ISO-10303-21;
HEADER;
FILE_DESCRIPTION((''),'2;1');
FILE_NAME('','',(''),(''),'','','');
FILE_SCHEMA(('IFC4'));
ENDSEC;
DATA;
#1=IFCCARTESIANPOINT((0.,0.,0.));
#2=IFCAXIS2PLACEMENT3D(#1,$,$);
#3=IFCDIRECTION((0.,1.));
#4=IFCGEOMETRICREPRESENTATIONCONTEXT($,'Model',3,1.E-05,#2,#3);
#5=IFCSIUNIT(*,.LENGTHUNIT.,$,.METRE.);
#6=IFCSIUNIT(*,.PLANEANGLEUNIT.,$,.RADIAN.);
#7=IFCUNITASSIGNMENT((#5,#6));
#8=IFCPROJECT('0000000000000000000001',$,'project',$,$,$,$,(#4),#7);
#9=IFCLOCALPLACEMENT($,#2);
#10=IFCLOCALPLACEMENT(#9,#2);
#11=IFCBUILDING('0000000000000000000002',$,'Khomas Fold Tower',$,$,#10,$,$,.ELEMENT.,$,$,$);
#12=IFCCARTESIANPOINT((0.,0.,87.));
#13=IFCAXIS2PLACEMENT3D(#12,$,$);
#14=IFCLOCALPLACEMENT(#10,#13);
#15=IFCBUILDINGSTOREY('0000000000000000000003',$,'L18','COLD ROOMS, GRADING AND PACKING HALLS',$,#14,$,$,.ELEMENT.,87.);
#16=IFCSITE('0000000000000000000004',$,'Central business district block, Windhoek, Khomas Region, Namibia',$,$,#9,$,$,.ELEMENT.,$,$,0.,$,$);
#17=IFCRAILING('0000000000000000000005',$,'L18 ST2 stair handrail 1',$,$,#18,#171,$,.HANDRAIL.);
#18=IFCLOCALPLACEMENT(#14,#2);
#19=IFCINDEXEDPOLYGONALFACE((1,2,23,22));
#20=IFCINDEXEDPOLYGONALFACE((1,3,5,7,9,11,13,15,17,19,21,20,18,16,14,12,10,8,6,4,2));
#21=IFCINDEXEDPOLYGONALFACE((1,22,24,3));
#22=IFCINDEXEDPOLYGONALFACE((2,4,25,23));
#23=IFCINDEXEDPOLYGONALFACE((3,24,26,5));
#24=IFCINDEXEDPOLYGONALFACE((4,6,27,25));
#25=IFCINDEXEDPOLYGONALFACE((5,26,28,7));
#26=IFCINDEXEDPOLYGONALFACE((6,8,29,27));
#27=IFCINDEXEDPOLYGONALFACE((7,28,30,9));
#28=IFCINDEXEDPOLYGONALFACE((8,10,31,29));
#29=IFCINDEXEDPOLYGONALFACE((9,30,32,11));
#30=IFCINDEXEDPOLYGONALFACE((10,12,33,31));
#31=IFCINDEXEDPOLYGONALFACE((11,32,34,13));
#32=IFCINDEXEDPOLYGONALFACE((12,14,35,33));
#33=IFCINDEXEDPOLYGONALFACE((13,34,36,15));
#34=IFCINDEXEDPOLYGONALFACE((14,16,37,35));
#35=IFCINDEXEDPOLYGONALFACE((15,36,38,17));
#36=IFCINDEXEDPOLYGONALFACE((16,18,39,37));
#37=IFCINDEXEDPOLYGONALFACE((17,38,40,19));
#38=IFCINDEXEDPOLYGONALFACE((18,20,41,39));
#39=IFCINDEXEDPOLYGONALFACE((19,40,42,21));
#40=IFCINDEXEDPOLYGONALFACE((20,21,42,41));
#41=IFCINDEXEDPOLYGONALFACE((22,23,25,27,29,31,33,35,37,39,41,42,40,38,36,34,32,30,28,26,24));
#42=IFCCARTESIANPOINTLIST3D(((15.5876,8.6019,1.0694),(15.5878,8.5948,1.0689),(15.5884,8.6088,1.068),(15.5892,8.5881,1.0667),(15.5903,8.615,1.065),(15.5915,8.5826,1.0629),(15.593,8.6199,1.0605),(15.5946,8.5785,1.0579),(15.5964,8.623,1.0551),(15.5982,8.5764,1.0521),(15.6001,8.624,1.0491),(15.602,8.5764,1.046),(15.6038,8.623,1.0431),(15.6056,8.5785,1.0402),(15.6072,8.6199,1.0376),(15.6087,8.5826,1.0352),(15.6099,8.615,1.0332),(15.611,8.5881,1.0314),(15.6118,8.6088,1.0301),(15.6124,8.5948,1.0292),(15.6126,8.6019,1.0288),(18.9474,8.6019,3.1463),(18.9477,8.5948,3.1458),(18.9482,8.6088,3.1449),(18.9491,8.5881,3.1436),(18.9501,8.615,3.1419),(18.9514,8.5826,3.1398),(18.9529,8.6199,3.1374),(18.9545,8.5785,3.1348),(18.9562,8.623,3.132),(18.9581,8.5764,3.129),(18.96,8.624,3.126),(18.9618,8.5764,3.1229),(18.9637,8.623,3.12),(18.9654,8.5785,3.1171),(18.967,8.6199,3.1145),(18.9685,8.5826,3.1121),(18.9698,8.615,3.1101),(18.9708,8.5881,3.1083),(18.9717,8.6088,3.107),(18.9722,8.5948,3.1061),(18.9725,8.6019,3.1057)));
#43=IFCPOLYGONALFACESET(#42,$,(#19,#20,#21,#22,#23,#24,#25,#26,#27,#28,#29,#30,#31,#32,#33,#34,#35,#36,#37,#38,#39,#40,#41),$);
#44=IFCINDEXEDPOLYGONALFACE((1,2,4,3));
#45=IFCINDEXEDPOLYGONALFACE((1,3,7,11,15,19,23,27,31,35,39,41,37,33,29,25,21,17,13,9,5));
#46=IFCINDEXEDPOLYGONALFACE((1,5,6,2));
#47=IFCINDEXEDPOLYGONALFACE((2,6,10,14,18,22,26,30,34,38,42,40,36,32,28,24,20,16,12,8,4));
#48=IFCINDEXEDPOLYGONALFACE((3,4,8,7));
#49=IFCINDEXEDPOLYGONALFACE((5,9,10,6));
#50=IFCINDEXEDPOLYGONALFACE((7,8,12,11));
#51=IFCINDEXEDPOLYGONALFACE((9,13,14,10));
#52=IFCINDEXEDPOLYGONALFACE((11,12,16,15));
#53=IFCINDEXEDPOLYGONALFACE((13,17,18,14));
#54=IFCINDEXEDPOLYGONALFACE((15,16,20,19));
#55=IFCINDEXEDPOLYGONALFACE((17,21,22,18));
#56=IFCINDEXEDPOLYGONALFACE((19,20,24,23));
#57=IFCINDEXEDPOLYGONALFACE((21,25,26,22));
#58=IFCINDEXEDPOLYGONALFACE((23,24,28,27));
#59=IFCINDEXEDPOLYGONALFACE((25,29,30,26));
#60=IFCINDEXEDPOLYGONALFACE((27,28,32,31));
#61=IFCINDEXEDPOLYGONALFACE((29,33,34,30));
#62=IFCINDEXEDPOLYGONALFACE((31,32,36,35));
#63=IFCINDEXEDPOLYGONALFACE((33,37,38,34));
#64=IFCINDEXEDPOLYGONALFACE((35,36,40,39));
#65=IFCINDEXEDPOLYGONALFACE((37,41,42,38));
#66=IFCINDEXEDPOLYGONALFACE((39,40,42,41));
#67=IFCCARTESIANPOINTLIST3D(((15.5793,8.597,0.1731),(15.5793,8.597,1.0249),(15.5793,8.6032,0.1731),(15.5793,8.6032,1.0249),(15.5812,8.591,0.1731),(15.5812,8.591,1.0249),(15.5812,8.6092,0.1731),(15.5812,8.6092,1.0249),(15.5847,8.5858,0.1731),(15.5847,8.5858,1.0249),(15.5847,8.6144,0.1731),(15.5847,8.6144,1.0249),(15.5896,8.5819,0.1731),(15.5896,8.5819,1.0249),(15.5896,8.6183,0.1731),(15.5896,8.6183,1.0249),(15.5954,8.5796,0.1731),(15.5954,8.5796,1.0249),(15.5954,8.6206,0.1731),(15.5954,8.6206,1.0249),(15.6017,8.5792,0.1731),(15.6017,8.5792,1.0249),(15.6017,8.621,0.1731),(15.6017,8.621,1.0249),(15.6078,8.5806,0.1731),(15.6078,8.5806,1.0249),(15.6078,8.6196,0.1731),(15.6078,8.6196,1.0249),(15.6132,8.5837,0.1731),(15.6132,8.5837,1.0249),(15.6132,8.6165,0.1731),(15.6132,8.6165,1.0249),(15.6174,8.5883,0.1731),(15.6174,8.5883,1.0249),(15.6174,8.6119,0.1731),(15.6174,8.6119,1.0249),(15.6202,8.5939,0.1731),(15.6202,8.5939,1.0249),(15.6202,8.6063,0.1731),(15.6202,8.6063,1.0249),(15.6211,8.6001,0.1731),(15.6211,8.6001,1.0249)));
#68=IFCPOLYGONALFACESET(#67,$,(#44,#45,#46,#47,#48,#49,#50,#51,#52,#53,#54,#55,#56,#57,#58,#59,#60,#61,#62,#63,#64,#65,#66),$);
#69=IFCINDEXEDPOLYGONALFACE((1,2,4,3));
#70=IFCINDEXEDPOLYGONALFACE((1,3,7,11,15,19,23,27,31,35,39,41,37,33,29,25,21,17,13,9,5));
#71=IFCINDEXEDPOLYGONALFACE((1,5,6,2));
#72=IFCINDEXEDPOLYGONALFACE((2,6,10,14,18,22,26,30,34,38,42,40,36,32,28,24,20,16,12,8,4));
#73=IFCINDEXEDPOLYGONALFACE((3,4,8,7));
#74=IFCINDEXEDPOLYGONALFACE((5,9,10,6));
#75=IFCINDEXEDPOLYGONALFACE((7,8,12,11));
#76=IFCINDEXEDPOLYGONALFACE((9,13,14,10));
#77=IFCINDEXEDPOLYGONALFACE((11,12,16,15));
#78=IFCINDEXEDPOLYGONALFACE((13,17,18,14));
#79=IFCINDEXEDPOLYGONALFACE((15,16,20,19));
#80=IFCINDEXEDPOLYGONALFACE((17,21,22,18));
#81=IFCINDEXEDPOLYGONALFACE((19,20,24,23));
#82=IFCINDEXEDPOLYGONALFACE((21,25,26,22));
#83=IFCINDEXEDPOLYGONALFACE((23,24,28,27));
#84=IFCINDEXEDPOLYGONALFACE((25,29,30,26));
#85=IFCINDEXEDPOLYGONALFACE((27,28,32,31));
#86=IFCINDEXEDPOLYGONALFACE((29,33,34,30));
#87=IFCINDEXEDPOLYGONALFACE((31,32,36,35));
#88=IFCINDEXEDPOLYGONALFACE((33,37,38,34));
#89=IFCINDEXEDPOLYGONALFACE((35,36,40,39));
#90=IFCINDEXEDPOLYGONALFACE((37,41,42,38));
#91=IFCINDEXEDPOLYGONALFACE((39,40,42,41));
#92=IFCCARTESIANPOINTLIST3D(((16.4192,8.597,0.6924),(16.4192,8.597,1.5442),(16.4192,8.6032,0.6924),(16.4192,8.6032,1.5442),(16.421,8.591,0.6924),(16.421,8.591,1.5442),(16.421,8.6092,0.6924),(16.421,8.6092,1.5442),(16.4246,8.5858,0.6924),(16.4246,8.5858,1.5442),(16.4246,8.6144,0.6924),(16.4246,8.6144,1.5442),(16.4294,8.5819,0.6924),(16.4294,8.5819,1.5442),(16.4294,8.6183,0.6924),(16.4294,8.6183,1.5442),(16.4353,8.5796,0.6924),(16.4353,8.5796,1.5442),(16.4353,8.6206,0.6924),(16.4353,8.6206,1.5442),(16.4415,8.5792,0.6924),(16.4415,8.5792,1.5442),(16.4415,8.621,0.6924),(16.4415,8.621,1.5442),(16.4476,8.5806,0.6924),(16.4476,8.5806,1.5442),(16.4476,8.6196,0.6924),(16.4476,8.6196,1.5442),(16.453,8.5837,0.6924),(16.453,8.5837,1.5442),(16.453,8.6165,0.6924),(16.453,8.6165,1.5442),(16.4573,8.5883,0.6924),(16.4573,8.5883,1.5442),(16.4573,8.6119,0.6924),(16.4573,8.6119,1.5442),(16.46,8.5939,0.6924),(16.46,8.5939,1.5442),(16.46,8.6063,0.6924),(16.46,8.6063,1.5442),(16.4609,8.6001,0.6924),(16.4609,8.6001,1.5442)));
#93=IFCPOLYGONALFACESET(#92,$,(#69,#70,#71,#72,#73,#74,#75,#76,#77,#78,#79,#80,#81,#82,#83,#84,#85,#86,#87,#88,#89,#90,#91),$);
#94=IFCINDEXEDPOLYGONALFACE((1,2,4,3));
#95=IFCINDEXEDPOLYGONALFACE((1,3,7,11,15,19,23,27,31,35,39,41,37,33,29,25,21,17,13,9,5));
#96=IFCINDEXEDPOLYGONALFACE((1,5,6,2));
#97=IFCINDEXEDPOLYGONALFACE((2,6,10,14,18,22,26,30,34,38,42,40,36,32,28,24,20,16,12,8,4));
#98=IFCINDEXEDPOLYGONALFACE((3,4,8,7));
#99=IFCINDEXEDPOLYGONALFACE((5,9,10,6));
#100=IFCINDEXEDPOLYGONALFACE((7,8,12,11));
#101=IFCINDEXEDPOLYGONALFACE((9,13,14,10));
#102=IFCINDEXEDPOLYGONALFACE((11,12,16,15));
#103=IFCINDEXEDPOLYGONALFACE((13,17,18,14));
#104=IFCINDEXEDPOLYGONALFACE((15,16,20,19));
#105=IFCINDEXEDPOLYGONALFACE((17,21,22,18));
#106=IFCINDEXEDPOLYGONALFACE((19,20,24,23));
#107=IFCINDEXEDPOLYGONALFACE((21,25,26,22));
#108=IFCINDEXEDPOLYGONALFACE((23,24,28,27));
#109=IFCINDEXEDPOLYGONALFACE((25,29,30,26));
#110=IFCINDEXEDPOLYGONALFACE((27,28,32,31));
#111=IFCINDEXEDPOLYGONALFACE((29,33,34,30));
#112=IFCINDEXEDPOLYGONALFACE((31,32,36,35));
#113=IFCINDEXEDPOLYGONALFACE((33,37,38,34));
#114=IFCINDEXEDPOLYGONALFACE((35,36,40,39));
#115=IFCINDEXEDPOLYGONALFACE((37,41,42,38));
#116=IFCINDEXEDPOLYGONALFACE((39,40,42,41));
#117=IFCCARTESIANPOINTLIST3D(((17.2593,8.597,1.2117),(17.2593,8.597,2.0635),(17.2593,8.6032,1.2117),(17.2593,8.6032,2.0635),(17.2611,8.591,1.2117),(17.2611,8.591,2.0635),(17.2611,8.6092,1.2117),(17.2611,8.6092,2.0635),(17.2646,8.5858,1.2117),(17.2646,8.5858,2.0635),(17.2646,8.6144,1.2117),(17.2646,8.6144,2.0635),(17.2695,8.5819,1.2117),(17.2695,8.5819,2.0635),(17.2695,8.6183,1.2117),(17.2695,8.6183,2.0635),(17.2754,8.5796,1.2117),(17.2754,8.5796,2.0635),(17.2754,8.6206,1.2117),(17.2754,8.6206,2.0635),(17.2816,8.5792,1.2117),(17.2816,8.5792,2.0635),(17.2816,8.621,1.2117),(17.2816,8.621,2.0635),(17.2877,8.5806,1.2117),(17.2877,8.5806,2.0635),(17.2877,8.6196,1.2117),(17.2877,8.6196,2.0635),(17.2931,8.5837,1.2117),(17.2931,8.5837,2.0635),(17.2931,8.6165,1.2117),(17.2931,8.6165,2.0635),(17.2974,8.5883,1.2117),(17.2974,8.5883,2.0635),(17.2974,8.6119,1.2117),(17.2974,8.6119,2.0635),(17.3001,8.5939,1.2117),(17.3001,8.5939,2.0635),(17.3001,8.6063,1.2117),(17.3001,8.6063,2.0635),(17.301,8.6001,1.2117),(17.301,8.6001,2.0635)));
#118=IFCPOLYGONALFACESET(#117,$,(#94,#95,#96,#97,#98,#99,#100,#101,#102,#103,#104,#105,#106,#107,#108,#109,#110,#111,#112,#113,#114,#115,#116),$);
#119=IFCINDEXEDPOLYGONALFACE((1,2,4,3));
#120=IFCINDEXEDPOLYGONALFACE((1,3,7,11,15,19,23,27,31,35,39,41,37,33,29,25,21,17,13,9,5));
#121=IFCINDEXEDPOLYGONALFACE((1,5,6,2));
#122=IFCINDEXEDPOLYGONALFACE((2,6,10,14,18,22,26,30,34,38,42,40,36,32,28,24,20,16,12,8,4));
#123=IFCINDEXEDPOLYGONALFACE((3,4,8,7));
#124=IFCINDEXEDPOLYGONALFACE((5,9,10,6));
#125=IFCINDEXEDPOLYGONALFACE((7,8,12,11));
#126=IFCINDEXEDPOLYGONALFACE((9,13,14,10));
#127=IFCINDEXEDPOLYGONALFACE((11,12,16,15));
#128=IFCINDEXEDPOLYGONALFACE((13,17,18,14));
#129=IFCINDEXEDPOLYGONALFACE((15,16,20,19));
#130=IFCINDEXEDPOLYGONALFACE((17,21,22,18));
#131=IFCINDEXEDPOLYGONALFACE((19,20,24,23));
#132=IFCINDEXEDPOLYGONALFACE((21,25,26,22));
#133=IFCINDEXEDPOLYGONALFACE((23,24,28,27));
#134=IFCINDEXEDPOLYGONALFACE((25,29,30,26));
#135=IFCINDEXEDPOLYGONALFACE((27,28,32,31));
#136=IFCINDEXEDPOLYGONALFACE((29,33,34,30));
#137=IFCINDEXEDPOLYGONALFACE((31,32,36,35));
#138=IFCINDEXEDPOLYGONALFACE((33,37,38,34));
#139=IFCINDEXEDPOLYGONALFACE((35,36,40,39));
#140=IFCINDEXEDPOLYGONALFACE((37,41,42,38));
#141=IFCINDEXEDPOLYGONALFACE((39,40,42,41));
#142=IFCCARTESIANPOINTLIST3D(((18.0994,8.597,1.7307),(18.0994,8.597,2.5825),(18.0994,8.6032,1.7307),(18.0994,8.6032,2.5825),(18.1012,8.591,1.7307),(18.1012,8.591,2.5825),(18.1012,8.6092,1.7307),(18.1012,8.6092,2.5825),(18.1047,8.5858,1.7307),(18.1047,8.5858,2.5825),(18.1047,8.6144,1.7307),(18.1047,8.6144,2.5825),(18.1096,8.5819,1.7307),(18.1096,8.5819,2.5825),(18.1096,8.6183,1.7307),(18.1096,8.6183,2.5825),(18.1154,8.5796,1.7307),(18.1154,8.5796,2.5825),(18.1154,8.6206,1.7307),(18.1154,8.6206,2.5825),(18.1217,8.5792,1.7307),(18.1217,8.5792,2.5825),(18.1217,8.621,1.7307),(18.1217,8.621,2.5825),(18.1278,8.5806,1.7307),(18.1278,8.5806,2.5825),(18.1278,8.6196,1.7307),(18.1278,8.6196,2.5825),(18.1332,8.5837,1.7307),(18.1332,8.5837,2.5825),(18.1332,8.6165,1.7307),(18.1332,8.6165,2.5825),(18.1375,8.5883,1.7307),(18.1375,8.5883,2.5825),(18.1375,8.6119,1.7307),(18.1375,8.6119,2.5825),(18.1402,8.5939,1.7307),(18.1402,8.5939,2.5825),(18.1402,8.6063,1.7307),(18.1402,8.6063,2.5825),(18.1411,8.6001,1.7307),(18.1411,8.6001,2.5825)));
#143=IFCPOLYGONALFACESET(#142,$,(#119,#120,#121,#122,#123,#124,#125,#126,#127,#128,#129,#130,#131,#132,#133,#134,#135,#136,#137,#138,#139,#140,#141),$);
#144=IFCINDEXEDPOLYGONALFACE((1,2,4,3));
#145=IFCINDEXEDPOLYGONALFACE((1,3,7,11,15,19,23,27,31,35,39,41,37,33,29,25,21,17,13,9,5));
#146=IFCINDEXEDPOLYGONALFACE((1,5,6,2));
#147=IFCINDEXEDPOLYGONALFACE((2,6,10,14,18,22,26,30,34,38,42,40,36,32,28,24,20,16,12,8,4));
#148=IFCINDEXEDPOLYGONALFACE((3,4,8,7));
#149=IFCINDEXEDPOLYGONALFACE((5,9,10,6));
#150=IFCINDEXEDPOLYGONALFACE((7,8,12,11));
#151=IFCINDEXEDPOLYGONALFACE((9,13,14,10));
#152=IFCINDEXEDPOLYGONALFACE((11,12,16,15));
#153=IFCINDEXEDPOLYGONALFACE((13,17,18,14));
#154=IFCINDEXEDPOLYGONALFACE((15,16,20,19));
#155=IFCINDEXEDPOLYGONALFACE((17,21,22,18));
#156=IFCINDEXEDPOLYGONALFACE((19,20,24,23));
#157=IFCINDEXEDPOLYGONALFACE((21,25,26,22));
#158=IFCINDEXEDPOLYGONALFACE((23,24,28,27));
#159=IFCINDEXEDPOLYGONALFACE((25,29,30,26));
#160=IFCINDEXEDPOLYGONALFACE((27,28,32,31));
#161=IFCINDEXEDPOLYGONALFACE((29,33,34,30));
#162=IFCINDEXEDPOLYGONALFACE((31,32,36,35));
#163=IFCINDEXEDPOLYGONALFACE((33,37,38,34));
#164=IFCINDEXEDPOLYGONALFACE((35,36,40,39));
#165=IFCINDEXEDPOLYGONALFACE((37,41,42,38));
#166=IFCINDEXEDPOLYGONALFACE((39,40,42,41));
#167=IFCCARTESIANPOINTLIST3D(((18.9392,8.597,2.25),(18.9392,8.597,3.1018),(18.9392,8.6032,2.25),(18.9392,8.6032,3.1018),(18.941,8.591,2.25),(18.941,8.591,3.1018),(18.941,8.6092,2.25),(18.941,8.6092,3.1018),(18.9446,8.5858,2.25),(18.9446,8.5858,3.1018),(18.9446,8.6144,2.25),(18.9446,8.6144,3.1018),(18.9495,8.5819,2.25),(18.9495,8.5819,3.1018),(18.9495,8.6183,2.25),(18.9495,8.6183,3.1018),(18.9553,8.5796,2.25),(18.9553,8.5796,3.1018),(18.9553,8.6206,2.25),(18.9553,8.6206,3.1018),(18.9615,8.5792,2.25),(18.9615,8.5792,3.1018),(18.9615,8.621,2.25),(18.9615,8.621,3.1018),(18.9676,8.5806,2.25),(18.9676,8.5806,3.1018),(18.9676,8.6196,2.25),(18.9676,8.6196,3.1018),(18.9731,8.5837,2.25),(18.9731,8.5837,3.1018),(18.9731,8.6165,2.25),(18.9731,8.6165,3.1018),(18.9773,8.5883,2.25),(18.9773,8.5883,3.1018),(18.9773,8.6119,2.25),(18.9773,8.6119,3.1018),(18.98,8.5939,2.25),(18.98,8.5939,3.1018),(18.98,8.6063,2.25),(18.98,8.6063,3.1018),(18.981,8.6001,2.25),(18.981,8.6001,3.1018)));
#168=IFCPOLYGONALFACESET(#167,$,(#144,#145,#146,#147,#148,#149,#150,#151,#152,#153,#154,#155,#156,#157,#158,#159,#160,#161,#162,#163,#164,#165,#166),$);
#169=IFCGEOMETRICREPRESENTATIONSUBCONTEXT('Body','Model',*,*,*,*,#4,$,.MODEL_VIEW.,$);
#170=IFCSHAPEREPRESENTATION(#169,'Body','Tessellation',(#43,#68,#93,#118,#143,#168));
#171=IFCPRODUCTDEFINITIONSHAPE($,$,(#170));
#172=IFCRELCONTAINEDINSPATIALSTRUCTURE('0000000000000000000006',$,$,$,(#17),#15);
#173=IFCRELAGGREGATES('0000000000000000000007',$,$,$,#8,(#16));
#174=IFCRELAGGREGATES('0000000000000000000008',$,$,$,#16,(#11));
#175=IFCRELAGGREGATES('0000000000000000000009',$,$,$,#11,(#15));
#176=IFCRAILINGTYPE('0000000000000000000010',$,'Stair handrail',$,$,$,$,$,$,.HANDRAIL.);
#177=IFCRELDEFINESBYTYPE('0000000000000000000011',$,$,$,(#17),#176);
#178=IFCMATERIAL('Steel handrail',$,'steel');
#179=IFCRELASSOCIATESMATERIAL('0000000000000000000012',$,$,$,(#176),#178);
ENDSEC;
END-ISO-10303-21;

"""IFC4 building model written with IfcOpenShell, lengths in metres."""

from ifc_helpers import new_model, si_unit, direction, frame, origin, origin_2d, place, context, subcontext, project, spatial, circle, extrude, source, transform, mapped, material, type_object, element, save


model = new_model("IFC4")

# Units and contexts
model_context = context("Model", 3, precision=1e-05, world=origin(), true_north=direction((0.0, 1.0)))
body_context = subcontext(model_context, "Body", "Model", "MODEL_VIEW")
ifc_project = project(units=[si_unit("LENGTHUNIT", "METRE"), si_unit("PLANEANGLEUNIT", "RADIAN")], contexts=[model_context])

# Site, building, storey
site_placement = place(None, origin())
site = spatial("IfcSite", under=ifc_project, at=site_placement, Name="Central business district block, Windhoek, Khomas Region, Namibia", CompositionType="ELEMENT", RefElevation=0.0)
building_placement = place(site_placement, origin())
building = spatial("IfcBuilding", under=site, at=building_placement, Name="Khomas Fold Tower", CompositionType="ELEMENT")
storey_placement = place(building_placement, frame((0.0, 0.0, 87.0)))
storey = spatial("IfcBuildingStorey", under=building, at=storey_placement, Name="L18", Description="COLD ROOMS, GRADING AND PACKING HALLS", CompositionType="ELEMENT", Elevation=87.0)

# Railing
ifc_material_1 = material(Name="Steel handrail", Category="steel")
railing_type_1 = type_object("IfcRailingType", Name="Stair handrail", PredefinedType="HANDRAIL", material=ifc_material_1)
shared_shape_1 = source(origin(), body_context, "Body", "SweptSolid", [
    extrude(circle(Radius=0.0239, at=origin_2d()), frame((0.0, 0.0, 0.876), z_axis=(0.850606, 0.0, 0.525803), x_axis=(0.0, 1.0, 0.0)), (0.0, 0.0, 1.0), 3.95),
    extrude(circle(Radius=0.021, at=origin_2d()), origin(), (0.0, 0.0, 1.0), 0.8518),
    extrude(circle(Radius=0.021, at=origin_2d()), frame((0.8398, 0.0, 0.5193)), (0.0, 0.0, 1.0), 0.8518),
    extrude(circle(Radius=0.021, at=origin_2d()), frame((1.6799, 0.0, 1.0386)), (0.0, 0.0, 1.0), 0.8518),
    extrude(circle(Radius=0.021, at=origin_2d()), frame((2.52, 0.0, 1.5576)), (0.0, 0.0, 1.0), 0.8518),
    extrude(circle(Radius=0.021, at=origin_2d()), frame((3.3599, 0.0, 2.0769)), (0.0, 0.0, 1.0), 0.8518),
])
railing_1_placement = place(storey_placement, frame((15.6001, 8.6001, 0.1731)))
element("IfcRailing", 1, at=railing_1_placement, inside=storey, type_object=railing_type_1, Name="L18 ST2 stair handrail 1", PredefinedType="HANDRAIL", context=body_context, shape_type="MappedRepresentation", body=[
    mapped(shared_shape_1, transform((0.0, 0.0, 0.0))),
])

save(model, "model.ifc")
